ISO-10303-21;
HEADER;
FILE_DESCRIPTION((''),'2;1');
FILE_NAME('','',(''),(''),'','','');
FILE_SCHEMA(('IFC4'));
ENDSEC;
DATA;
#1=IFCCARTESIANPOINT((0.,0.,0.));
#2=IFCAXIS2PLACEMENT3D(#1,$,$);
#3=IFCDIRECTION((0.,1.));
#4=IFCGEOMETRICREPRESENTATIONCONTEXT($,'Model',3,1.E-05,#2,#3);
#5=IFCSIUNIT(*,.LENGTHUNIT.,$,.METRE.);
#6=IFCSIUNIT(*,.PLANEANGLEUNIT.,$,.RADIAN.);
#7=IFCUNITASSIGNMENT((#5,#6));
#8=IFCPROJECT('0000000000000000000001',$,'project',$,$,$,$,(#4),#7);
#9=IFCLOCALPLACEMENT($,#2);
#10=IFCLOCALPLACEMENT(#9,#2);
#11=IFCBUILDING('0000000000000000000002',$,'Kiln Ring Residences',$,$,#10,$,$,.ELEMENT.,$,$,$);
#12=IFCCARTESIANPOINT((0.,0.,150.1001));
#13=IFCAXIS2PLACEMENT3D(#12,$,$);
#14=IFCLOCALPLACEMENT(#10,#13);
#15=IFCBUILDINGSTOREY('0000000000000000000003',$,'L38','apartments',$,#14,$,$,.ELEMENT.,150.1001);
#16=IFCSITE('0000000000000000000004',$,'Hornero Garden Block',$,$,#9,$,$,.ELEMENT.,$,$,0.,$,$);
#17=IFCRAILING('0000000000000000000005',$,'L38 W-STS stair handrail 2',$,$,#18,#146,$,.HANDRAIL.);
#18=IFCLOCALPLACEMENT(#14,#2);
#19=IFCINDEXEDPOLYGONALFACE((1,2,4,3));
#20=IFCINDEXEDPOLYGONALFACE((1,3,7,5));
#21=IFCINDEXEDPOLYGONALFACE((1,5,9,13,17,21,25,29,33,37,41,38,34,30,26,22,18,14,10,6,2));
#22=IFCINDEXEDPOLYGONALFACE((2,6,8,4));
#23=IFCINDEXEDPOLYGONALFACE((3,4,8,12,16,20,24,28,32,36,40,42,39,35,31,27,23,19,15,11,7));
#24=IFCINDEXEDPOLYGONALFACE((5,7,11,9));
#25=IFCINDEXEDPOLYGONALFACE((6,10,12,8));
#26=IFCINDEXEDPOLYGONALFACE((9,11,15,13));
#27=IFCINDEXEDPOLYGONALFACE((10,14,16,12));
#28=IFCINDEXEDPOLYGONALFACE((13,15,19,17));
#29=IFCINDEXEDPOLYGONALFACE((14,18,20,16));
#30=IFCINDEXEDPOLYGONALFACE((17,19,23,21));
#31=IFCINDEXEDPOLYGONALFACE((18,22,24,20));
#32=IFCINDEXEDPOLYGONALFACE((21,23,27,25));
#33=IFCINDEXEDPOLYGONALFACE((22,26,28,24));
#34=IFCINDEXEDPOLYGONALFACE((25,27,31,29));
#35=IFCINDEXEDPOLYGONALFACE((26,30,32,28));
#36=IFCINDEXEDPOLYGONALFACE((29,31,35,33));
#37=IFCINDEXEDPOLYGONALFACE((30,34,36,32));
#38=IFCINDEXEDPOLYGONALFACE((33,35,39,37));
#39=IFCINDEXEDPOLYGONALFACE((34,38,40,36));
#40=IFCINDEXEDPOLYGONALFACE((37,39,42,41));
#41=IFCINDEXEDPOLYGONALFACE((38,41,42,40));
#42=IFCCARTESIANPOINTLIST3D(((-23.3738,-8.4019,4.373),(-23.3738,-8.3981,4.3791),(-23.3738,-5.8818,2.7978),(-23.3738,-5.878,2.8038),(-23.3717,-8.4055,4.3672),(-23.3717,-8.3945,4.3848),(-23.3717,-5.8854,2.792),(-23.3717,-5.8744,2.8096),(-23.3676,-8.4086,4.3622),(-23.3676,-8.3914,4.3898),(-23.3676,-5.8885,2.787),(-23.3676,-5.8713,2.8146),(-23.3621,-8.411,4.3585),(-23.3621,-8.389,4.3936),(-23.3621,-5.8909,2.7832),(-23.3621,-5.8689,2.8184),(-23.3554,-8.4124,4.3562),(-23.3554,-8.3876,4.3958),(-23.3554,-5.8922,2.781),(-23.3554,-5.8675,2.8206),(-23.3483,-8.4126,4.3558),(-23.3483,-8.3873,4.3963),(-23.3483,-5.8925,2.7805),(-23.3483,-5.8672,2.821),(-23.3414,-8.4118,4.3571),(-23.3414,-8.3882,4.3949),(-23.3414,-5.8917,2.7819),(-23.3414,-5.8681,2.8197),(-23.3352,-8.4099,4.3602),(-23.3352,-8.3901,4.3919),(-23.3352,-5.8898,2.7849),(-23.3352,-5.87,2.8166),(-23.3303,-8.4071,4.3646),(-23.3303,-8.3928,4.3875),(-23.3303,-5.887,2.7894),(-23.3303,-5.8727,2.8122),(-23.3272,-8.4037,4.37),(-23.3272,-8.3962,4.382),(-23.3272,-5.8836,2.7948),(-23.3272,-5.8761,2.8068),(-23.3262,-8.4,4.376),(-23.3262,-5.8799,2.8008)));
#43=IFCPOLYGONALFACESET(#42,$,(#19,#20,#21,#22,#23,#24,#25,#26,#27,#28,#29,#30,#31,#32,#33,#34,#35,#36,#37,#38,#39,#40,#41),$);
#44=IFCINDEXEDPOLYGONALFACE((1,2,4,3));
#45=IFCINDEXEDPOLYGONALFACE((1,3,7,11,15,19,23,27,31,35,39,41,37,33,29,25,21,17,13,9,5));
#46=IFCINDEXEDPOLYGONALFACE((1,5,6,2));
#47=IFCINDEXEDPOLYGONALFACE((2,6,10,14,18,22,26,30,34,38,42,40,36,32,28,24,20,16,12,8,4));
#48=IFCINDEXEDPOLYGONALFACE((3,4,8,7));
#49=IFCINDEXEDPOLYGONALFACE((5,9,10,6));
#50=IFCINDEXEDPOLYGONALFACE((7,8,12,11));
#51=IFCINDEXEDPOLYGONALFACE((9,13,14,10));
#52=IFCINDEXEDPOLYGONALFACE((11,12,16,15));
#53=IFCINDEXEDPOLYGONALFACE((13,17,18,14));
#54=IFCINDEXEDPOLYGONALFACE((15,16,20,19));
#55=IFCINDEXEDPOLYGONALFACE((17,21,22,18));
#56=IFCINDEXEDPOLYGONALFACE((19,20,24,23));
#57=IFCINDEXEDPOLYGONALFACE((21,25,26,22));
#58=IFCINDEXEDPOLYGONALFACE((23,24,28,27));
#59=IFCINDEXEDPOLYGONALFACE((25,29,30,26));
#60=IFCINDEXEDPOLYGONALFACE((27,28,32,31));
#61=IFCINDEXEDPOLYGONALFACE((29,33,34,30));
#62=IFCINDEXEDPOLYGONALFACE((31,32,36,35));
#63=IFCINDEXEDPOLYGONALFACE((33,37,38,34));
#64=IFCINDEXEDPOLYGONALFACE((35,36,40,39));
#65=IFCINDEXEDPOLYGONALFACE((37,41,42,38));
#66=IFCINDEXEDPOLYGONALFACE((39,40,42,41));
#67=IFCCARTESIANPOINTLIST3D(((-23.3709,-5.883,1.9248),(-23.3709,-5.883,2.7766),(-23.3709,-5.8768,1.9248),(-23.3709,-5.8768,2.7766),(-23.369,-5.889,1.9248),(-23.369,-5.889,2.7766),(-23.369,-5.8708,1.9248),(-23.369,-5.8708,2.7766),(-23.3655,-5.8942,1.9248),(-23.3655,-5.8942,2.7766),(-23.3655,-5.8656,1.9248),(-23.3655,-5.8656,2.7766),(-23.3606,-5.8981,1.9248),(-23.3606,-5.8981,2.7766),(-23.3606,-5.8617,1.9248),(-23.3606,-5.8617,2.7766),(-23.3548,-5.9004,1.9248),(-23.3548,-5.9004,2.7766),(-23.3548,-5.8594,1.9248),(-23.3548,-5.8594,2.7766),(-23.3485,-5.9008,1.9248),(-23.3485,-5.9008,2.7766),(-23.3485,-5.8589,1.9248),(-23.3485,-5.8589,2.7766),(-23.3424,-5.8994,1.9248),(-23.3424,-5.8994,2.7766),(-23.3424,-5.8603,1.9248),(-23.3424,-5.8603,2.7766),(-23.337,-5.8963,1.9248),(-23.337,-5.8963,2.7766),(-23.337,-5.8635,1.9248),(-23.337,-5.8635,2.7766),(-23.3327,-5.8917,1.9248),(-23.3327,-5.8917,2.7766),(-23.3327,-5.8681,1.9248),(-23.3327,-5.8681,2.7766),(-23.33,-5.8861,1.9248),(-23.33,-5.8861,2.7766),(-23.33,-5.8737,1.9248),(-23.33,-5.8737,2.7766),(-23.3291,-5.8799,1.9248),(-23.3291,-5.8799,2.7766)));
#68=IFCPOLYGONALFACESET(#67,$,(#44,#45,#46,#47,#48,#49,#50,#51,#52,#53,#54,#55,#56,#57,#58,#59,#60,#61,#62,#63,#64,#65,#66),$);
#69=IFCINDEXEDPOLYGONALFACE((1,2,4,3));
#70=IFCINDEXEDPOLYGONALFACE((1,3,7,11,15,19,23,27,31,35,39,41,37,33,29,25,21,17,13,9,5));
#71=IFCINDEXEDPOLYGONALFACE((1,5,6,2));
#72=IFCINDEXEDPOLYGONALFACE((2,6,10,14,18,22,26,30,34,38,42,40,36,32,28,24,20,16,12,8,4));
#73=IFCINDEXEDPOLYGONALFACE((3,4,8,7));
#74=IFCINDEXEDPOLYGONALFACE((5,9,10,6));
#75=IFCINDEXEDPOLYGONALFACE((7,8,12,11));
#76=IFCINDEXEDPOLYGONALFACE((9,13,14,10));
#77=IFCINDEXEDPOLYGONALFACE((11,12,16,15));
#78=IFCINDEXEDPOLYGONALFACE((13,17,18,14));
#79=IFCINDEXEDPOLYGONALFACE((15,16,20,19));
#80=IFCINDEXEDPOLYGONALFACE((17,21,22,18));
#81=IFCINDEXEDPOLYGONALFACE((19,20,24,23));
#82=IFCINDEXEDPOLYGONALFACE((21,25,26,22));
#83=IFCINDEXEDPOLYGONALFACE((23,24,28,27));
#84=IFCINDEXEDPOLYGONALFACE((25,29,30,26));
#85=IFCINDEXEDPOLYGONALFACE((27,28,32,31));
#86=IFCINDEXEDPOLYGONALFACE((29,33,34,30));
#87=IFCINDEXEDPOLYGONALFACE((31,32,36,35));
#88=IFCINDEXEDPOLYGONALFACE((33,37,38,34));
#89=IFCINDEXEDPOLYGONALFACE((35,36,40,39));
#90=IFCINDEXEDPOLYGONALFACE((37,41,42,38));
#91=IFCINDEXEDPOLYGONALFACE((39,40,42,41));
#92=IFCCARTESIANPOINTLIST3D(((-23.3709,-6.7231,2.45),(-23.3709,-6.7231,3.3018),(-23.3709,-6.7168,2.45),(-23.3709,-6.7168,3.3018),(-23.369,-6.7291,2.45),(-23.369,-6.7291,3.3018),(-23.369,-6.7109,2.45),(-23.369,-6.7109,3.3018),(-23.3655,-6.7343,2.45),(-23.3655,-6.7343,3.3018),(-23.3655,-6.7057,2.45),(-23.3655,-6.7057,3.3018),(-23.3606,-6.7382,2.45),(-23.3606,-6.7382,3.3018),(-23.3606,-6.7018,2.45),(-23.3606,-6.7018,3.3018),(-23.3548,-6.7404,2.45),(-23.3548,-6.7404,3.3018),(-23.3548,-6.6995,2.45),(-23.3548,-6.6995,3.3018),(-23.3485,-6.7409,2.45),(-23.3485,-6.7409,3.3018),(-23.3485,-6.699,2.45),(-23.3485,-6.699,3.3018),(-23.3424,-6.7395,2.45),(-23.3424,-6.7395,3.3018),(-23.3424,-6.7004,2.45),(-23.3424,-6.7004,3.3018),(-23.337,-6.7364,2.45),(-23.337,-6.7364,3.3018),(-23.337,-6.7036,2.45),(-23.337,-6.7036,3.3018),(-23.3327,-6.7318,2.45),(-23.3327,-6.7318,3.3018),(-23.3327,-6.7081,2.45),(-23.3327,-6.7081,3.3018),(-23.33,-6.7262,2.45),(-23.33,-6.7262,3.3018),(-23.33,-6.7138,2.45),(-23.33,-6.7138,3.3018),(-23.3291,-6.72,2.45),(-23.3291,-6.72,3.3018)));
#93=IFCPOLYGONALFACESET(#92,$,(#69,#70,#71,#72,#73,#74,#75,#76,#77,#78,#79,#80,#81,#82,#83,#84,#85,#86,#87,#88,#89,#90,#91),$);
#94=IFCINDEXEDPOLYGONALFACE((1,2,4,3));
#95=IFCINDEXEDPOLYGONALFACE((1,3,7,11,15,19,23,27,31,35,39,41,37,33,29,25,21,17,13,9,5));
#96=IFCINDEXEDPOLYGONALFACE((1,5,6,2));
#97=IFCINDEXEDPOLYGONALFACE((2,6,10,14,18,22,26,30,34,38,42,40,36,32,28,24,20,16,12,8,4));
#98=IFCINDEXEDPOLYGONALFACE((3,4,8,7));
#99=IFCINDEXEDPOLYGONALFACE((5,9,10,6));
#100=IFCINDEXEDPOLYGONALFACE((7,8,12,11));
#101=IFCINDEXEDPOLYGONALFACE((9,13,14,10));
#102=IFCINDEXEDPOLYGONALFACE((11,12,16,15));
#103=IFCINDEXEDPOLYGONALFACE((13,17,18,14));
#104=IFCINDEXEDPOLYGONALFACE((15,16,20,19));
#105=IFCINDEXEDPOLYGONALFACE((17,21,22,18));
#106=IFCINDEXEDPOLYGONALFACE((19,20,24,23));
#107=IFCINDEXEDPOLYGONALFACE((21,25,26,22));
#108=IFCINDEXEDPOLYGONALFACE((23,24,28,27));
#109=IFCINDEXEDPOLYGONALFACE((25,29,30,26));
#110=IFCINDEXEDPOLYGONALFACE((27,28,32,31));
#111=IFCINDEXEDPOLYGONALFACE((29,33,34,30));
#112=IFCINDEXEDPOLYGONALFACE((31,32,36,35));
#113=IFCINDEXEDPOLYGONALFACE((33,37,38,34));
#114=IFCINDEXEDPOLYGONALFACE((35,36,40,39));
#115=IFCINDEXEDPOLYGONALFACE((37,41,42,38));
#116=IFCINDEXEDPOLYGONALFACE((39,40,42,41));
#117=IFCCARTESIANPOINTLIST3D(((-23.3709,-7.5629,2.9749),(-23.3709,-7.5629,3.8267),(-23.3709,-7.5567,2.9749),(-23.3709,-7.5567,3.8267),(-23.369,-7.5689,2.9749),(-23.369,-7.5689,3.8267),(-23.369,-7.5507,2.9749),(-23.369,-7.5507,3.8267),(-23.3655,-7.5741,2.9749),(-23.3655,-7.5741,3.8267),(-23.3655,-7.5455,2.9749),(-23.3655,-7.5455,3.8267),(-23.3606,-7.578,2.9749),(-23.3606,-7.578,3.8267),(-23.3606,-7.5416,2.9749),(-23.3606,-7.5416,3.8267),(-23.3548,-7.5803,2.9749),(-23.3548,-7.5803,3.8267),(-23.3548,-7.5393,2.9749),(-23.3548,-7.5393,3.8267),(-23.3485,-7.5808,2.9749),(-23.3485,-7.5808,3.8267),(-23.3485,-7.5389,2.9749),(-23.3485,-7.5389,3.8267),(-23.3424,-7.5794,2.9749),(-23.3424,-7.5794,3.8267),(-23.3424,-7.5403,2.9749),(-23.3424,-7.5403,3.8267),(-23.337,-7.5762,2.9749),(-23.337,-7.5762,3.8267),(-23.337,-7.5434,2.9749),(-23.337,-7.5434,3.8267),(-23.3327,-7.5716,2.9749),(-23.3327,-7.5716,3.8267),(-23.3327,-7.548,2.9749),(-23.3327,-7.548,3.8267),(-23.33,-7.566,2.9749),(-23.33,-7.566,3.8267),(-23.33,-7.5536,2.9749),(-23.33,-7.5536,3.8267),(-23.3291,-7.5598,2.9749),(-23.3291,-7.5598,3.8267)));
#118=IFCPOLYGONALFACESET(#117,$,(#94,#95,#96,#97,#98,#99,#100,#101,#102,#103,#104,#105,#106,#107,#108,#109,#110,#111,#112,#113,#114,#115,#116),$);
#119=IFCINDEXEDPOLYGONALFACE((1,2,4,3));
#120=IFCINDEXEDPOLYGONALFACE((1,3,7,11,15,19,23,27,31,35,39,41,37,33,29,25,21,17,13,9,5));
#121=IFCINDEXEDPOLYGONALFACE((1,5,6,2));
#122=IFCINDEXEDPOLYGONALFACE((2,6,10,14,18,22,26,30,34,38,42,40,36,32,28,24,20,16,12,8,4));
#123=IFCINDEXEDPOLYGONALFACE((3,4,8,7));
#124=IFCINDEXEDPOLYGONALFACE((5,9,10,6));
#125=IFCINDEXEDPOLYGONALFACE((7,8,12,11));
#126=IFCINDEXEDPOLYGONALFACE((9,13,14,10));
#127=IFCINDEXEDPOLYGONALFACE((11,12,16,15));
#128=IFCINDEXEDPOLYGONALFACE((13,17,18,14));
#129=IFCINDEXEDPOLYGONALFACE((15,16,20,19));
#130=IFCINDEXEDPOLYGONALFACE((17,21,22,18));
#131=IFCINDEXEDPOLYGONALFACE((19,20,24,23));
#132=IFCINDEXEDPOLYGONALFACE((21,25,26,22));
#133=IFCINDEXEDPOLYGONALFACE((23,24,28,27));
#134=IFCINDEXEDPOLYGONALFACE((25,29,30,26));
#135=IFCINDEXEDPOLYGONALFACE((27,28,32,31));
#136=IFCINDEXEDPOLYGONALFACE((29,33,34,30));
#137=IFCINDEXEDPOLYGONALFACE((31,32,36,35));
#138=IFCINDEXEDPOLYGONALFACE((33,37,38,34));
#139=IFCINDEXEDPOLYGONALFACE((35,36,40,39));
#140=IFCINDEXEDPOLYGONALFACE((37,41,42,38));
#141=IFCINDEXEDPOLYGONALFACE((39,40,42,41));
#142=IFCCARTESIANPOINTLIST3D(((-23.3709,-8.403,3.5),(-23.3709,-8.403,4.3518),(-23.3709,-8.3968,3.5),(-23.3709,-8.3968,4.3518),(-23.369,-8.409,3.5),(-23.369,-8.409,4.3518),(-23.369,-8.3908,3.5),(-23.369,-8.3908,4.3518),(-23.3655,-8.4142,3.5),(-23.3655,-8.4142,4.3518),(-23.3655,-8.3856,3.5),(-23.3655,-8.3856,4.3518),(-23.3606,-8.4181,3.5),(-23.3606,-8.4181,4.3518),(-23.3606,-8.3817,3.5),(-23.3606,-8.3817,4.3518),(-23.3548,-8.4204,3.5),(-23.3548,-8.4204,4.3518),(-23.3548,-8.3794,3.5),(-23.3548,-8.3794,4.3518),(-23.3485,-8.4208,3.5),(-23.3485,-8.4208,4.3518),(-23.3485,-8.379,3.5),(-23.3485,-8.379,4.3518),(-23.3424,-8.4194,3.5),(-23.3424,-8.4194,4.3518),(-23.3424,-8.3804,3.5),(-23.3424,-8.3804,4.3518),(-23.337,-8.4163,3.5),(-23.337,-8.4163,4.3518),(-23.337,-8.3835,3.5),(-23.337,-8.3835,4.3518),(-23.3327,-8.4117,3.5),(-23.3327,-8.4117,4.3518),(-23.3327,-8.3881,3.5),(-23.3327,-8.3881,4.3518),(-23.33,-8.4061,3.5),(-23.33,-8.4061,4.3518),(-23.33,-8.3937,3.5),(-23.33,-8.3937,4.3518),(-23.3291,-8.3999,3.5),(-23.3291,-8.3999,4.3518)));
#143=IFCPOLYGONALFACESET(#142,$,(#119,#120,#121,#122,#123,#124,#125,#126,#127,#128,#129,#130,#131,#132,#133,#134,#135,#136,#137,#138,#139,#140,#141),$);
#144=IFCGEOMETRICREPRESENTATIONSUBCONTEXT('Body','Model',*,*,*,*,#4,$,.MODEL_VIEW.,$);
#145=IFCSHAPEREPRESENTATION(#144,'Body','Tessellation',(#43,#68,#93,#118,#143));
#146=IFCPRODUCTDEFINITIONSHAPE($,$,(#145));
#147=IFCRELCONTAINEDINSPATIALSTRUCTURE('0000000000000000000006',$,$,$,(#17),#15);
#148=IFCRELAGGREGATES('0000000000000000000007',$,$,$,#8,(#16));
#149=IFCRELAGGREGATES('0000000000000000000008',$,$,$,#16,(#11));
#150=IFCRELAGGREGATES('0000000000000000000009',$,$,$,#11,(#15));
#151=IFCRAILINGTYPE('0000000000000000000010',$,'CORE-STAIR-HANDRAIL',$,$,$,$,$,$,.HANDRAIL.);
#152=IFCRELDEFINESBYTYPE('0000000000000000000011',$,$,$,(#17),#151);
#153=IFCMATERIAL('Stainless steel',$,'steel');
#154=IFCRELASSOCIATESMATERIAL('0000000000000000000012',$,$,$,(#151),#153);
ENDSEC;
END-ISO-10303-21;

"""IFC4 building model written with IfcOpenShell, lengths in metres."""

from ifc_helpers import new_model, si_unit, direction, frame, origin, origin_2d, place, context, subcontext, project, spatial, circle, extrude, material, type_object, element, save


model = new_model("IFC4")

# Units and contexts
model_context = context("Model", 3, precision=1e-05, world=origin(), true_north=direction((0.0, 1.0)))
body_context = subcontext(model_context, "Body", "Model", "MODEL_VIEW")
ifc_project = project(units=[si_unit("LENGTHUNIT", "METRE"), si_unit("PLANEANGLEUNIT", "RADIAN")], contexts=[model_context])

# Site, building, storey
site_placement = place(None, origin())
site = spatial("IfcSite", under=ifc_project, at=site_placement, Name="Hornero Garden Block", CompositionType="ELEMENT", RefElevation=0.0)
building_placement = place(site_placement, origin())
building = spatial("IfcBuilding", under=site, at=building_placement, Name="Kiln Ring Residences", CompositionType="ELEMENT")
storey_placement = place(building_placement, frame((0.0, 0.0, 150.1001)))
storey = spatial("IfcBuildingStorey", under=building, at=storey_placement, Name="L38", Description="apartments", CompositionType="ELEMENT", Elevation=150.1001)

# Railing
ifc_material_1 = material(Name="Stainless steel", Category="steel")
railing_type_1 = type_object("IfcRailingType", Name="CORE-STAIR-HANDRAIL", PredefinedType="HANDRAIL", material=ifc_material_1)
railing_1_placement = place(storey_placement, frame((-23.3501, -5.8799, 1.9248)))
element("IfcRailing", 1, at=railing_1_placement, inside=storey, type_object=railing_type_1, Name="L38 W-STS stair handrail 2", PredefinedType="HANDRAIL", context=body_context, shape_type="SweptSolid", body=[
    extrude(circle(Radius=0.0239, at=origin_2d()), frame((0.0, 0.0, 0.876), z_axis=(0.0, -0.847971, 0.530043), x_axis=(1.0, 0.0, 0.0)), (0.0, 0.0, 1.0), 2.9719),
    extrude(circle(Radius=0.021, at=origin_2d()), origin(), (0.0, 0.0, 1.0), 0.8518),
    extrude(circle(Radius=0.021, at=origin_2d()), frame((0.0, -0.8401, 0.5251)), (0.0, 0.0, 1.0), 0.8518),
    extrude(circle(Radius=0.021, at=origin_2d()), frame((0.0, -1.6799, 1.05)), (0.0, 0.0, 1.0), 0.8518),
    extrude(circle(Radius=0.021, at=origin_2d()), frame((0.0, -2.52, 1.5752)), (0.0, 0.0, 1.0), 0.8518),
])

save(model, "model.ifc")
